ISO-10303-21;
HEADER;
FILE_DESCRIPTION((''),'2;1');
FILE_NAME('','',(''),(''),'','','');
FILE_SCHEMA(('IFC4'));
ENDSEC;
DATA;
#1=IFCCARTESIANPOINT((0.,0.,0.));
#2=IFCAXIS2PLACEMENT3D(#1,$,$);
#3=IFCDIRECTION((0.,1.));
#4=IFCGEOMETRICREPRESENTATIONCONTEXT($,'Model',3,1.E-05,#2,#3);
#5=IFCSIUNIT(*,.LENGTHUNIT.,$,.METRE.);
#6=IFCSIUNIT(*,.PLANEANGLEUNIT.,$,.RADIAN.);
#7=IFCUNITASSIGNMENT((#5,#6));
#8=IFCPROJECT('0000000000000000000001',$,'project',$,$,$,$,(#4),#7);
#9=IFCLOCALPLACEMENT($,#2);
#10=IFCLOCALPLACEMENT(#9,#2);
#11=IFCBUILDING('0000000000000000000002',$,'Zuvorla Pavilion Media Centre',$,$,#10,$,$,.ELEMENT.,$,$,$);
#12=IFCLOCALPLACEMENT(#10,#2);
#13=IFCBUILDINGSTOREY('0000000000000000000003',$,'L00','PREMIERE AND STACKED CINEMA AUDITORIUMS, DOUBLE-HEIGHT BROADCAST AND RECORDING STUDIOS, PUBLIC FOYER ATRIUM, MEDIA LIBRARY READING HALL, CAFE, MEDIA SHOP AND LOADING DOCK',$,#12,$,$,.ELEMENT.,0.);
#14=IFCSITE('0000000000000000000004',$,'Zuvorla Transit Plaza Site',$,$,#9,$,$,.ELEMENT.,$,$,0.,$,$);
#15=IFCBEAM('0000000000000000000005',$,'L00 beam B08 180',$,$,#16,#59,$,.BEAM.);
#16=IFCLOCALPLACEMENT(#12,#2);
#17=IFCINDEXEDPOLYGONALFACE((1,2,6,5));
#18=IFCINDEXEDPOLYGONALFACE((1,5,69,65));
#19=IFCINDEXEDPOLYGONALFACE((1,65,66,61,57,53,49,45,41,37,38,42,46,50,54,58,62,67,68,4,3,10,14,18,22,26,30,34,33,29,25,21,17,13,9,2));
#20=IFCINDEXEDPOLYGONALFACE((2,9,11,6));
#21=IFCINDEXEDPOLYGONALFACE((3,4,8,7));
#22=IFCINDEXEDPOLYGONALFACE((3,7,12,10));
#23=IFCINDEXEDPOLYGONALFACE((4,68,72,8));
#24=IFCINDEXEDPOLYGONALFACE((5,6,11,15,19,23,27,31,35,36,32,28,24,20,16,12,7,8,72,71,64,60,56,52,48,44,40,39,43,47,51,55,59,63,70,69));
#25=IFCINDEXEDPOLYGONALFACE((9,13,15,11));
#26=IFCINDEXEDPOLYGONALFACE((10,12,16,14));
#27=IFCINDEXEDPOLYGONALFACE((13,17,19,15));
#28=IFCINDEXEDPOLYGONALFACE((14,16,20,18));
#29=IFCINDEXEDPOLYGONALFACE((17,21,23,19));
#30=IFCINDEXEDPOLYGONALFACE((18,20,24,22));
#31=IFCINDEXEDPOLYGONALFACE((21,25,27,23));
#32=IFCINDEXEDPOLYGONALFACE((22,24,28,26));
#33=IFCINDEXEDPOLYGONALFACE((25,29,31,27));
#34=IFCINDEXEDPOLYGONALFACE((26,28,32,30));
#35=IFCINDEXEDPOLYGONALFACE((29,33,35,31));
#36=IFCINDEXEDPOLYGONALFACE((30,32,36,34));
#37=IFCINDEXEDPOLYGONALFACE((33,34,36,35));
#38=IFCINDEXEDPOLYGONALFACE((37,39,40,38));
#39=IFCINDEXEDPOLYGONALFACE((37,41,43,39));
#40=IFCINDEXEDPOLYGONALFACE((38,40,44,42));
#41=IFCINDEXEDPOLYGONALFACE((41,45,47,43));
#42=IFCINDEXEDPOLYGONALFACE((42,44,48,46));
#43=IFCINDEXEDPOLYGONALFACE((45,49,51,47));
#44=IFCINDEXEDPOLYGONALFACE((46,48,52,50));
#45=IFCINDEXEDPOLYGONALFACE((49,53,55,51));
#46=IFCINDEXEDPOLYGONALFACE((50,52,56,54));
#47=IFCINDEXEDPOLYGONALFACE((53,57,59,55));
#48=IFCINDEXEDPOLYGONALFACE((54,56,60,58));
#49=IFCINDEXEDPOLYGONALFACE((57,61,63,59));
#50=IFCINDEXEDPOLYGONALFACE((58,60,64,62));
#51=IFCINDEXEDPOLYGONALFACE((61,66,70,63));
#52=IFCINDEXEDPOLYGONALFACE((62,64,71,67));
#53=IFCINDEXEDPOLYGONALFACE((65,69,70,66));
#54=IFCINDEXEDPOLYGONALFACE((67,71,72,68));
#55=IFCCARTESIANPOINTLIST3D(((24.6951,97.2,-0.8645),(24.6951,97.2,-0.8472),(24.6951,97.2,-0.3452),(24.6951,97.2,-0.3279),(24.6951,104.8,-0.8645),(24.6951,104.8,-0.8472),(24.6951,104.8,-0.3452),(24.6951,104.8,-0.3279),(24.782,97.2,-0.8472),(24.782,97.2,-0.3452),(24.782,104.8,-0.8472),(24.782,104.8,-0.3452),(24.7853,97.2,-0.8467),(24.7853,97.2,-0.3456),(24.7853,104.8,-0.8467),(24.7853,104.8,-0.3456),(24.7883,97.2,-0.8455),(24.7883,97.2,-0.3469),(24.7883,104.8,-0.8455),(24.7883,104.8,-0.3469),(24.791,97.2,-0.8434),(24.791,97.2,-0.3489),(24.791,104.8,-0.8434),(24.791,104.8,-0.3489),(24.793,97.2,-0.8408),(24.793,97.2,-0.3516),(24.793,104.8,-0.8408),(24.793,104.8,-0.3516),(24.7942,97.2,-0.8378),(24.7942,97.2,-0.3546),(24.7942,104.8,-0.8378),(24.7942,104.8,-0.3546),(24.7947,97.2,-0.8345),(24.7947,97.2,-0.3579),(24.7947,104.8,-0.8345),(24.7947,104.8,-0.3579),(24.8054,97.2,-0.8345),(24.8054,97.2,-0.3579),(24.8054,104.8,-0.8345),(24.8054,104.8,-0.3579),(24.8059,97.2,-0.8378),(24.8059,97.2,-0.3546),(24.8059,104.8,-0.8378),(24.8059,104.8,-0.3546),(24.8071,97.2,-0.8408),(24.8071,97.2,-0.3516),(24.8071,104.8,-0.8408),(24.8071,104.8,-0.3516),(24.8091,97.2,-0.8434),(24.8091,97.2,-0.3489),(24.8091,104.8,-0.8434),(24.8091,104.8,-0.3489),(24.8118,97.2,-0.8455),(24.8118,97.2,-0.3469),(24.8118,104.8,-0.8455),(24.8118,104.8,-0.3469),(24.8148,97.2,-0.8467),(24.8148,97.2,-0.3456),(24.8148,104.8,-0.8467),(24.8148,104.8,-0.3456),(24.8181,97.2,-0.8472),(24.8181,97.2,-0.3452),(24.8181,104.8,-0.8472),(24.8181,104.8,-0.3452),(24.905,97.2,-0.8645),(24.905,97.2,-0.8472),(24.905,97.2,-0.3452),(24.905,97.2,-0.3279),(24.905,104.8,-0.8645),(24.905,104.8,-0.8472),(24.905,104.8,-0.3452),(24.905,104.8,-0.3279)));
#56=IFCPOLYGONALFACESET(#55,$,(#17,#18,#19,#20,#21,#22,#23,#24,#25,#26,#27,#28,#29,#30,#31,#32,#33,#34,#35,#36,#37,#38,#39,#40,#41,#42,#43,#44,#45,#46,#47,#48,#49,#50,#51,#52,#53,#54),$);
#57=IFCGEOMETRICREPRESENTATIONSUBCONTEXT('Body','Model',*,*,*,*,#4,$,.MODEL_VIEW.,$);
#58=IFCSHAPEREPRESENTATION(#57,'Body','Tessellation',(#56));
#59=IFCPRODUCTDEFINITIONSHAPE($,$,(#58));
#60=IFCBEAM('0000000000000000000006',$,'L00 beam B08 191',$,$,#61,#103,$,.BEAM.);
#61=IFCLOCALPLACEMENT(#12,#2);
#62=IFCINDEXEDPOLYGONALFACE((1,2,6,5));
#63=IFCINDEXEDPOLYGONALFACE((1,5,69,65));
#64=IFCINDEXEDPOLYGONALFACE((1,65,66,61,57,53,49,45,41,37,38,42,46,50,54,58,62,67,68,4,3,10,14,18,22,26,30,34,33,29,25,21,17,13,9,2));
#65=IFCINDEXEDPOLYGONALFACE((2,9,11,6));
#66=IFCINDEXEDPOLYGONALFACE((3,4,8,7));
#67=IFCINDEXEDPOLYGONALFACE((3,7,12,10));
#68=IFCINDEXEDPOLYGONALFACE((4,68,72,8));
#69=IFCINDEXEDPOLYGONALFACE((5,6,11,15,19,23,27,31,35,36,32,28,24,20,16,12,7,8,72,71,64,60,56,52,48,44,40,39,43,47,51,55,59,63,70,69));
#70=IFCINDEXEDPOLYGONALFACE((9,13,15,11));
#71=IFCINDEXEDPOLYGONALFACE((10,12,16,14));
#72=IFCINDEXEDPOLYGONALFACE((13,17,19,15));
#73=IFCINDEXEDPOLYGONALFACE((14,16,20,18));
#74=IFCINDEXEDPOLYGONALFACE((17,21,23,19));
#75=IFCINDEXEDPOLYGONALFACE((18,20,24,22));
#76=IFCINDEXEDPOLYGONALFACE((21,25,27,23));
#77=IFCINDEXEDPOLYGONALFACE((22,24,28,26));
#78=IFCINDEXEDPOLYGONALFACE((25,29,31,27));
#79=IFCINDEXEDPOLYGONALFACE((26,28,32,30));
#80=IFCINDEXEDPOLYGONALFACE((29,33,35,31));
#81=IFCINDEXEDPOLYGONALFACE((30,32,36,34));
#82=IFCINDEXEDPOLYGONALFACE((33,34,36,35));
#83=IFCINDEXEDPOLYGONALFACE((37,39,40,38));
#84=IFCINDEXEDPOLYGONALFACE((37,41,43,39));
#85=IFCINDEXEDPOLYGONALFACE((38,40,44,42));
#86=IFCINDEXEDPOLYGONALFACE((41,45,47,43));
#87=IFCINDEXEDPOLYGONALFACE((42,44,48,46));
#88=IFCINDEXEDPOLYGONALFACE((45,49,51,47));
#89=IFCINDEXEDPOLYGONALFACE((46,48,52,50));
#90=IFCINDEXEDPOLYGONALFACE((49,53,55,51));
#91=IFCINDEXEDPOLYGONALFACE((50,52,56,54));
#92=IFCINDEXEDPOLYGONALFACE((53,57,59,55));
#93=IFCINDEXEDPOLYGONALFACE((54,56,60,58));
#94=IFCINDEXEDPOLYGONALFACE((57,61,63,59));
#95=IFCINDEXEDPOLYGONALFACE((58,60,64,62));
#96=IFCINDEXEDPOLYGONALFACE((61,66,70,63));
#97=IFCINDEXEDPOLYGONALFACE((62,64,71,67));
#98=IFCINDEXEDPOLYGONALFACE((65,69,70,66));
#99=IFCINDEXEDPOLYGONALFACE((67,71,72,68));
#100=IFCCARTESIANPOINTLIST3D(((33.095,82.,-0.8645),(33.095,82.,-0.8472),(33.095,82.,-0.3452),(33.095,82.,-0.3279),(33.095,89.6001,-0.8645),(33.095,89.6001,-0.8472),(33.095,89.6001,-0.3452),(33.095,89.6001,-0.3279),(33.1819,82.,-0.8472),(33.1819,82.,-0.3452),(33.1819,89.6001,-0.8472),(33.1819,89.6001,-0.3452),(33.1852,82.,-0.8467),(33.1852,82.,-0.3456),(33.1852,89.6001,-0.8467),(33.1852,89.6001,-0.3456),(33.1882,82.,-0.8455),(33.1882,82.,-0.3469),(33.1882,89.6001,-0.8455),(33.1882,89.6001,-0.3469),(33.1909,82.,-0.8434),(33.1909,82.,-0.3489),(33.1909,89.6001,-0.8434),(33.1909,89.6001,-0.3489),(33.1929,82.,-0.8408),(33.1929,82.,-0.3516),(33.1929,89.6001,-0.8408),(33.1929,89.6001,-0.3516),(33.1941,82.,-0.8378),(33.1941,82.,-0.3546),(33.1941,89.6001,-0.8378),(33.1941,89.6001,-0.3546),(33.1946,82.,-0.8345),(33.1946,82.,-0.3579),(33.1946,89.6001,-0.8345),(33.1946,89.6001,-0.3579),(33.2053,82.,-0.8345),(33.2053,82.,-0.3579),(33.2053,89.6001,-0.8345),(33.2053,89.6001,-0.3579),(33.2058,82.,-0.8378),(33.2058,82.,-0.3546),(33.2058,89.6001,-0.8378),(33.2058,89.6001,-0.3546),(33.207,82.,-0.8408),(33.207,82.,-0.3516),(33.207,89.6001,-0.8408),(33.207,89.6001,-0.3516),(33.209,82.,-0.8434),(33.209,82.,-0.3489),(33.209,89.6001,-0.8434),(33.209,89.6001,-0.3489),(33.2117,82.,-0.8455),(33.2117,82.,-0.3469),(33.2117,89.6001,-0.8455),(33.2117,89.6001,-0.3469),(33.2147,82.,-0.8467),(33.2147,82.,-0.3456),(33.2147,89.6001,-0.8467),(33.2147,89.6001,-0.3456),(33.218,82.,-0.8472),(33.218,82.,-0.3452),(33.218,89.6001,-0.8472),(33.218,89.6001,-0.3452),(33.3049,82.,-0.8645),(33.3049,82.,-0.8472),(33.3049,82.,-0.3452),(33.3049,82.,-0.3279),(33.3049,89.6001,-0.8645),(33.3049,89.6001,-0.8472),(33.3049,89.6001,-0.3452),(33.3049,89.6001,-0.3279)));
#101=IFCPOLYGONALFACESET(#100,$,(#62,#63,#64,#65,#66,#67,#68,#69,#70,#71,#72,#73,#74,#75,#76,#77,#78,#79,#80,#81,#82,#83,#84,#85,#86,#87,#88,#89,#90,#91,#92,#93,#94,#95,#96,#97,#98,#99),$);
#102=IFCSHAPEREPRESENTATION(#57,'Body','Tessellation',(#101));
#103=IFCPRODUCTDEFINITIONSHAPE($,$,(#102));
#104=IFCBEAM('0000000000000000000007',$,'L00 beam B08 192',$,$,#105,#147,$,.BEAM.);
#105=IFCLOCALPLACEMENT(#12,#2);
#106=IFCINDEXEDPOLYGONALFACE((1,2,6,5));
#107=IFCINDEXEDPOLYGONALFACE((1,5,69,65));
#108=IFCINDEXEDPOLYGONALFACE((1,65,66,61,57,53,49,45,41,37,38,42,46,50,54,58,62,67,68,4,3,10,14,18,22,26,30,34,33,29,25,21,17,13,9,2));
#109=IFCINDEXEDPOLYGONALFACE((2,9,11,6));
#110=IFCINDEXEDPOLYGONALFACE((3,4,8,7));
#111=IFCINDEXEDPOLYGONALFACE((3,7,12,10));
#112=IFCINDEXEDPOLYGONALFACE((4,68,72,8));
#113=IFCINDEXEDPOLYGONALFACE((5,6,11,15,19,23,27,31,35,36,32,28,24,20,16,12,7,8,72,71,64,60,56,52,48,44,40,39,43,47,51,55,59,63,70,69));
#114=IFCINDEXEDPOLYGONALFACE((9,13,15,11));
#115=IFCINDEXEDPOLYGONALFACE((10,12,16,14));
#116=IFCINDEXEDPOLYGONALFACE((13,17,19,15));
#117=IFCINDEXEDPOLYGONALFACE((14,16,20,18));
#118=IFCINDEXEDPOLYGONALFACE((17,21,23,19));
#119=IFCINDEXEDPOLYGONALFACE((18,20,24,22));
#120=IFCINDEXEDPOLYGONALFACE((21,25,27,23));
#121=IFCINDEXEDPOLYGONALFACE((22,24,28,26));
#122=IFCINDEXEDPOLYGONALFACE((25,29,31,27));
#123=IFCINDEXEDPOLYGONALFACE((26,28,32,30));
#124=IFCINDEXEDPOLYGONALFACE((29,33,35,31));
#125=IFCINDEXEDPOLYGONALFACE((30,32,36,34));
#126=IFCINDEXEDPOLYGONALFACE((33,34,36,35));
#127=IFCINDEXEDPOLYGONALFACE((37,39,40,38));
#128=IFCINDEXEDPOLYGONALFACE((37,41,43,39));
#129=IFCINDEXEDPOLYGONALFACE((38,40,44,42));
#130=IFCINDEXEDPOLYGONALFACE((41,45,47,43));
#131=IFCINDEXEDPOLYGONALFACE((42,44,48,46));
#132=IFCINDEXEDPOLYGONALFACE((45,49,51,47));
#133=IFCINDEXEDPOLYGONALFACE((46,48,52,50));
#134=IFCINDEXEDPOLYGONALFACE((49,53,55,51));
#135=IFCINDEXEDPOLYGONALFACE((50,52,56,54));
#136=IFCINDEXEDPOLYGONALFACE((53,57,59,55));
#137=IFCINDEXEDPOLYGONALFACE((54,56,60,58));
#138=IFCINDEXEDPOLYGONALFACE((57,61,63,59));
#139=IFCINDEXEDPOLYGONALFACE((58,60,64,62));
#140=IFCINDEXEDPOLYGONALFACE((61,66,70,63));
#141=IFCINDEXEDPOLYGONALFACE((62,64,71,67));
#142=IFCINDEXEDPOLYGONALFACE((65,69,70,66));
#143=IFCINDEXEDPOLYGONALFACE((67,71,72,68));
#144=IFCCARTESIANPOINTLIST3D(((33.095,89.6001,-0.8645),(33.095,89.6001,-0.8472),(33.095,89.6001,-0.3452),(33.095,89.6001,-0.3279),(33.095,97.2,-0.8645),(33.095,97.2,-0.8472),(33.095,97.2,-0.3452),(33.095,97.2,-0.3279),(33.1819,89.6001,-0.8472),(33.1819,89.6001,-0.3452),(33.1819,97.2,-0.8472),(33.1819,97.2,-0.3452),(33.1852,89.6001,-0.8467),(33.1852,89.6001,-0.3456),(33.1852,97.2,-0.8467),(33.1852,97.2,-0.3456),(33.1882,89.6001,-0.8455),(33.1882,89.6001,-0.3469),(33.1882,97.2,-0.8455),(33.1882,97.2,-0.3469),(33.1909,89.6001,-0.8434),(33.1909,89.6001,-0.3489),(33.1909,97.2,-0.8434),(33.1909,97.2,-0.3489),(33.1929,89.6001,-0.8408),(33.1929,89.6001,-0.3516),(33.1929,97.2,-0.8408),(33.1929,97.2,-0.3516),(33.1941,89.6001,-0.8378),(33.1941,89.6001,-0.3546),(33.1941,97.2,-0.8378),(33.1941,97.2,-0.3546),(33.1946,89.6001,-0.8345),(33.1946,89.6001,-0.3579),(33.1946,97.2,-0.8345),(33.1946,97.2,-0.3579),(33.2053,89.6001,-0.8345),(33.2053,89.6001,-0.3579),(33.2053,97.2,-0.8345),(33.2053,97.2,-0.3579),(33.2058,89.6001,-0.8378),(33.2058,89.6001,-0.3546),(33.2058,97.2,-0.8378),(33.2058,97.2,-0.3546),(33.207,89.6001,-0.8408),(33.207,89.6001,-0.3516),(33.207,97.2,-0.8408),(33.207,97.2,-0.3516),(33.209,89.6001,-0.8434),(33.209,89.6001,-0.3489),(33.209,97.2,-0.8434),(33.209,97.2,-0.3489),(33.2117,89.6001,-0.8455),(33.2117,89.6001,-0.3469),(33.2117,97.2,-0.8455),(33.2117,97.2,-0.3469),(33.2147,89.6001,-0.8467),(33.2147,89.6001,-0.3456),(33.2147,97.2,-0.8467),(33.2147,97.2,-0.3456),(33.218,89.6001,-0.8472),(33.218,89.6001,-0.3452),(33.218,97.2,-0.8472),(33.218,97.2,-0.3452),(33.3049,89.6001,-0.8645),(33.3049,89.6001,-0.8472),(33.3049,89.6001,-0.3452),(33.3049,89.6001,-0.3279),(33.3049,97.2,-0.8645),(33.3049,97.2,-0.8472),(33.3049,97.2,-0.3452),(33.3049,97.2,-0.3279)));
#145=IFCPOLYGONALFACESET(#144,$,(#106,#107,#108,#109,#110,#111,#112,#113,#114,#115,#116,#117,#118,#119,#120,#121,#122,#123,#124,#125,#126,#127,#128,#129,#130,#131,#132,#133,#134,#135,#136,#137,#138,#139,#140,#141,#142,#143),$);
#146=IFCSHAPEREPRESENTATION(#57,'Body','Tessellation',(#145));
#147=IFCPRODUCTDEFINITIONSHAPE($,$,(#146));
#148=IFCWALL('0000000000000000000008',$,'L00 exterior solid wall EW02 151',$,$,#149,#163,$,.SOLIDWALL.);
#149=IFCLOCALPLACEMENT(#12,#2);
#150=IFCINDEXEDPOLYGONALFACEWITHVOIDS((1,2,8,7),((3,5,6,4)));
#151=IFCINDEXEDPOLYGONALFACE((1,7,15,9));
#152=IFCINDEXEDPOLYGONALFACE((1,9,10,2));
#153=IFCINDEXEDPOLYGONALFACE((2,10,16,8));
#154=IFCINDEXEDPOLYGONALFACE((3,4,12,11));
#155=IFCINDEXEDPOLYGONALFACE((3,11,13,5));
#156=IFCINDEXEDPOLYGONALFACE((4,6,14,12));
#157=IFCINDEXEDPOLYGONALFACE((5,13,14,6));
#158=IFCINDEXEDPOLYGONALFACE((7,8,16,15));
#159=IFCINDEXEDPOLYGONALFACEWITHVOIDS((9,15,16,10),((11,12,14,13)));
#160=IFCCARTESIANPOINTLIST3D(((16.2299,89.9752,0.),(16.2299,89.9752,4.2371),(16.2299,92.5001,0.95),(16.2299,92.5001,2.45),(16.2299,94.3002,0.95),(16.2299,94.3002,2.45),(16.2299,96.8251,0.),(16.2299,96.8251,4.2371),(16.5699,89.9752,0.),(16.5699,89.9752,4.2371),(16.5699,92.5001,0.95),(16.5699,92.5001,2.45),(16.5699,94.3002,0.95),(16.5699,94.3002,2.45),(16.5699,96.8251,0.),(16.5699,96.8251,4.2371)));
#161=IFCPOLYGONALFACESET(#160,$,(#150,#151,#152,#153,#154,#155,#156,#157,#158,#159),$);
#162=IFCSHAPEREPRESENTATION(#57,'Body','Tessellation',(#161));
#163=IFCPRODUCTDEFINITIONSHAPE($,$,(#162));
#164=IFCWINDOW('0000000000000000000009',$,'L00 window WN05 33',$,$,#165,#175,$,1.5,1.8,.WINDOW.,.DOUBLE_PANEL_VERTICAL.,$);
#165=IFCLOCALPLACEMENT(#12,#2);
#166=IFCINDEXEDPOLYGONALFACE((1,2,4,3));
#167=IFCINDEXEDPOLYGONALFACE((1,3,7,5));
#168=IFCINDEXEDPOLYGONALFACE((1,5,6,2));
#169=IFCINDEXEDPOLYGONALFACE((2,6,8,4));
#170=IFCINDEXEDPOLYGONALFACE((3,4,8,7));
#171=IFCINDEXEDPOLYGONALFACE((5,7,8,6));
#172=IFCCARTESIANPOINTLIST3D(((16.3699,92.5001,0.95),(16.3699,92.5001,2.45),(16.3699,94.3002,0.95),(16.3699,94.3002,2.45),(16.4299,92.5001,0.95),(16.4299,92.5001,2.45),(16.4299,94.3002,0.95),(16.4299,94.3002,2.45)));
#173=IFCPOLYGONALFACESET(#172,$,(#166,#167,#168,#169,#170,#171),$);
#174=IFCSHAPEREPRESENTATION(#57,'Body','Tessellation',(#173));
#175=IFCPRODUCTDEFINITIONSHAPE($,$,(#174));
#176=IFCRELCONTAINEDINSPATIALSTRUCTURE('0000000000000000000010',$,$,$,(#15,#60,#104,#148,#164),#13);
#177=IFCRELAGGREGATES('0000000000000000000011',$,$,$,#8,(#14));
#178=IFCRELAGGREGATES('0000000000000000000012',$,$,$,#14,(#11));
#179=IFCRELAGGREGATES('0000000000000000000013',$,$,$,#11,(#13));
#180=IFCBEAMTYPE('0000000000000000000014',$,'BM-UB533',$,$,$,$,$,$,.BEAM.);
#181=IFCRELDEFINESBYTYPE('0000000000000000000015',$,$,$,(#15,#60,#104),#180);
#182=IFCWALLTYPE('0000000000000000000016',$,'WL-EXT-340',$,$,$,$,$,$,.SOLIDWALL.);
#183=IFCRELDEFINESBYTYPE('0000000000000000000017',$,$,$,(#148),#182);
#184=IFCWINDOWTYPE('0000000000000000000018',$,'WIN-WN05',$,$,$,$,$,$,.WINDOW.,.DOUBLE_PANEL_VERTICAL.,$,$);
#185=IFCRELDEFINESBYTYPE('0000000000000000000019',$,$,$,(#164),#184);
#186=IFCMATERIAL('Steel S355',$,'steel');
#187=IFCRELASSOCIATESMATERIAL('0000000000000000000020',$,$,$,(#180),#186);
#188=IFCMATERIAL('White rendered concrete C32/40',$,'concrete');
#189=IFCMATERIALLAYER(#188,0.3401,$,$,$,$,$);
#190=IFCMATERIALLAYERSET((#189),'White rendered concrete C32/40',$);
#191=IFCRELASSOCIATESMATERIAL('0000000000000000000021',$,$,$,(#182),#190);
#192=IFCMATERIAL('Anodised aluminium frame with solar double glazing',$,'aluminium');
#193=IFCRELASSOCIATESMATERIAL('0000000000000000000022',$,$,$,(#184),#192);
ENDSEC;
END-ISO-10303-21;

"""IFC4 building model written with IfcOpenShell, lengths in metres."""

from ifc_helpers import new_model, si_unit, direction, frame, frame_2d, origin, origin_2d, place, context, subcontext, project, spatial, rectangle, i_section, extrude, material, layer, layer_set, material_profile, profile_set, type_object, element, fill, save


model = new_model("IFC4")

# Units and contexts
model_context = context("Model", 3, precision=1e-05, world=origin(), true_north=direction((0.0, 1.0)))
body_context = subcontext(model_context, "Body", "Model", "MODEL_VIEW")
ifc_project = project(units=[si_unit("LENGTHUNIT", "METRE"), si_unit("PLANEANGLEUNIT", "RADIAN")], contexts=[model_context])

# Site, building, storey
site_placement = place(None, origin())
site = spatial("IfcSite", under=ifc_project, at=site_placement, Name="Zuvorla Transit Plaza Site", CompositionType="ELEMENT", RefElevation=0.0)
building_placement = place(site_placement, origin())
building = spatial("IfcBuilding", under=site, at=building_placement, Name="Zuvorla Pavilion Media Centre", CompositionType="ELEMENT")
storey_placement = place(building_placement, origin())
storey = spatial("IfcBuildingStorey", under=building, at=storey_placement, Name="L00", Description="PREMIERE AND STACKED CINEMA AUDITORIUMS, DOUBLE-HEIGHT BROADCAST AND RECORDING STUDIOS, PUBLIC FOYER ATRIUM, MEDIA LIBRARY READING HALL, CAFE, MEDIA SHOP AND LOADING DOCK", CompositionType="ELEMENT", Elevation=0.0)

# Beams
ifc_material_1 = material(Name="Steel S355", Category="steel")
ifc_material_profile_1 = material_profile(ifc_material_1, i_section(OverallWidth=0.21, OverallDepth=0.5366, WebThickness=0.0107, FlangeThickness=0.0173, FilletRadius=0.0127, at=origin_2d()), Name="UB 533x210x101")
ifc_profile_set_1 = profile_set([ifc_material_profile_1], Name="Steel S355")
beam_type_1 = type_object("IfcBeamType", Name="BM-UB533", PredefinedType="BEAM", material=ifc_profile_set_1)
for number, where, z_axis, x_axis, name in (
    (1, (24.8, 97.2, -0.5962), (0.0, 1.0, 0.0), (-1.0, 0.0, 0.0), "L00 beam B08 180"),
    (2, (33.2, 82.0, -0.5962), (0.0, 1.0, 0.0), (-1.0, 0.0, 0.0), "L00 beam B08 191"),
):
    element("IfcBeam", number, at=place(storey_placement, frame(where, z_axis=z_axis, x_axis=x_axis)), inside=storey, type_object=beam_type_1, Name=name, PredefinedType="BEAM", context=body_context, shape_type="SweptSolid", body=[
        extrude(i_section(OverallWidth=0.21, OverallDepth=0.5366, WebThickness=0.0107, FlangeThickness=0.0173, FilletRadius=0.0127, at=origin_2d()), origin(), (0.0, 0.0, 1.0), 7.6001),
    ])
beam_1_placement = place(storey_placement, frame((33.2, 89.6001, -0.5962), z_axis=(0.0, 1.0, 0.0), x_axis=(-1.0, 0.0, 0.0)))
element("IfcBeam", 3, at=beam_1_placement, inside=storey, type_object=beam_type_1, Name="L00 beam B08 192", PredefinedType="BEAM", context=body_context, shape_type="SweptSolid", body=[
    extrude(i_section(OverallWidth=0.21, OverallDepth=0.5366, WebThickness=0.0107, FlangeThickness=0.0173, FilletRadius=0.0127, at=origin_2d()), origin(), (0.0, 0.0, 1.0), 7.5999),
])

# Wall, opening, window
ifc_material_2 = material(Name="White rendered concrete C32/40", Category="concrete")
ifc_layer_1 = layer(ifc_material_2, 0.3401)
ifc_layer_set_1 = layer_set([ifc_layer_1], Name="White rendered concrete C32/40")
wall_type_1 = type_object("IfcWallType", Name="WL-EXT-340", PredefinedType="SOLIDWALL", material=ifc_layer_set_1)
wall_1_placement = place(storey_placement, frame((16.3999, 96.825, 0.0), z_axis=(0.0, 0.0, 1.0), x_axis=(0.0, -1.0, 0.0)))
wall_1 = element("IfcWall", 4, at=wall_1_placement, inside=storey, type_object=wall_type_1, Name="L00 exterior solid wall EW02 151", PredefinedType="SOLIDWALL", context=body_context, shape_type="SweptSolid", body=[
    extrude(rectangle(XDim=6.8499, YDim=0.3401, at=frame_2d((3.4248, 0.0))), origin(), (0.0, 0.0, 1.0), 4.2371),
])
opening_1_placement = place(wall_1_placement, frame((2.5249, 0.0, 0.95)))
opening_1 = element("IfcOpeningElement", 5, at=opening_1_placement, cuts=wall_1, PredefinedType="OPENING", context=body_context, shape_type="SweptSolid", body=[
    extrude(rectangle(XDim=1.8, YDim=1.5, at=frame_2d((0.8999, 0.75))), frame((0.0, 0.1799, 0.0), z_axis=(0.0, -1.0, 0.0), x_axis=(1.0, 0.0, 0.0)), (0.0, 0.0, 1.0), 0.3601),
])
ifc_material_3 = material(Name="Anodised aluminium frame with solar double glazing", Category="aluminium")
window_type_1 = type_object("IfcWindowType", Name="WIN-WN05", PartitioningType="DOUBLE_PANEL_VERTICAL", PredefinedType="WINDOW", material=ifc_material_3)
window_1_placement = place(opening_1_placement, origin())
window_1 = element("IfcWindow", 6, at=window_1_placement, inside=storey, type_object=window_type_1, Name="L00 window WN05 33", OverallHeight=1.5, OverallWidth=1.8, PartitioningType="DOUBLE_PANEL_VERTICAL", PredefinedType="WINDOW", context=body_context, shape_type="SweptSolid", body=[
    extrude(rectangle(XDim=1.8, YDim=1.5, at=frame_2d((0.8999, 0.75))), frame((0.0, 0.03, 0.0), z_axis=(0.0, -1.0, 0.0), x_axis=(1.0, 0.0, 0.0)), (0.0, 0.0, 1.0), 0.0601),
])
fill(opening_1, window_1)

save(model, "model.ifc")
